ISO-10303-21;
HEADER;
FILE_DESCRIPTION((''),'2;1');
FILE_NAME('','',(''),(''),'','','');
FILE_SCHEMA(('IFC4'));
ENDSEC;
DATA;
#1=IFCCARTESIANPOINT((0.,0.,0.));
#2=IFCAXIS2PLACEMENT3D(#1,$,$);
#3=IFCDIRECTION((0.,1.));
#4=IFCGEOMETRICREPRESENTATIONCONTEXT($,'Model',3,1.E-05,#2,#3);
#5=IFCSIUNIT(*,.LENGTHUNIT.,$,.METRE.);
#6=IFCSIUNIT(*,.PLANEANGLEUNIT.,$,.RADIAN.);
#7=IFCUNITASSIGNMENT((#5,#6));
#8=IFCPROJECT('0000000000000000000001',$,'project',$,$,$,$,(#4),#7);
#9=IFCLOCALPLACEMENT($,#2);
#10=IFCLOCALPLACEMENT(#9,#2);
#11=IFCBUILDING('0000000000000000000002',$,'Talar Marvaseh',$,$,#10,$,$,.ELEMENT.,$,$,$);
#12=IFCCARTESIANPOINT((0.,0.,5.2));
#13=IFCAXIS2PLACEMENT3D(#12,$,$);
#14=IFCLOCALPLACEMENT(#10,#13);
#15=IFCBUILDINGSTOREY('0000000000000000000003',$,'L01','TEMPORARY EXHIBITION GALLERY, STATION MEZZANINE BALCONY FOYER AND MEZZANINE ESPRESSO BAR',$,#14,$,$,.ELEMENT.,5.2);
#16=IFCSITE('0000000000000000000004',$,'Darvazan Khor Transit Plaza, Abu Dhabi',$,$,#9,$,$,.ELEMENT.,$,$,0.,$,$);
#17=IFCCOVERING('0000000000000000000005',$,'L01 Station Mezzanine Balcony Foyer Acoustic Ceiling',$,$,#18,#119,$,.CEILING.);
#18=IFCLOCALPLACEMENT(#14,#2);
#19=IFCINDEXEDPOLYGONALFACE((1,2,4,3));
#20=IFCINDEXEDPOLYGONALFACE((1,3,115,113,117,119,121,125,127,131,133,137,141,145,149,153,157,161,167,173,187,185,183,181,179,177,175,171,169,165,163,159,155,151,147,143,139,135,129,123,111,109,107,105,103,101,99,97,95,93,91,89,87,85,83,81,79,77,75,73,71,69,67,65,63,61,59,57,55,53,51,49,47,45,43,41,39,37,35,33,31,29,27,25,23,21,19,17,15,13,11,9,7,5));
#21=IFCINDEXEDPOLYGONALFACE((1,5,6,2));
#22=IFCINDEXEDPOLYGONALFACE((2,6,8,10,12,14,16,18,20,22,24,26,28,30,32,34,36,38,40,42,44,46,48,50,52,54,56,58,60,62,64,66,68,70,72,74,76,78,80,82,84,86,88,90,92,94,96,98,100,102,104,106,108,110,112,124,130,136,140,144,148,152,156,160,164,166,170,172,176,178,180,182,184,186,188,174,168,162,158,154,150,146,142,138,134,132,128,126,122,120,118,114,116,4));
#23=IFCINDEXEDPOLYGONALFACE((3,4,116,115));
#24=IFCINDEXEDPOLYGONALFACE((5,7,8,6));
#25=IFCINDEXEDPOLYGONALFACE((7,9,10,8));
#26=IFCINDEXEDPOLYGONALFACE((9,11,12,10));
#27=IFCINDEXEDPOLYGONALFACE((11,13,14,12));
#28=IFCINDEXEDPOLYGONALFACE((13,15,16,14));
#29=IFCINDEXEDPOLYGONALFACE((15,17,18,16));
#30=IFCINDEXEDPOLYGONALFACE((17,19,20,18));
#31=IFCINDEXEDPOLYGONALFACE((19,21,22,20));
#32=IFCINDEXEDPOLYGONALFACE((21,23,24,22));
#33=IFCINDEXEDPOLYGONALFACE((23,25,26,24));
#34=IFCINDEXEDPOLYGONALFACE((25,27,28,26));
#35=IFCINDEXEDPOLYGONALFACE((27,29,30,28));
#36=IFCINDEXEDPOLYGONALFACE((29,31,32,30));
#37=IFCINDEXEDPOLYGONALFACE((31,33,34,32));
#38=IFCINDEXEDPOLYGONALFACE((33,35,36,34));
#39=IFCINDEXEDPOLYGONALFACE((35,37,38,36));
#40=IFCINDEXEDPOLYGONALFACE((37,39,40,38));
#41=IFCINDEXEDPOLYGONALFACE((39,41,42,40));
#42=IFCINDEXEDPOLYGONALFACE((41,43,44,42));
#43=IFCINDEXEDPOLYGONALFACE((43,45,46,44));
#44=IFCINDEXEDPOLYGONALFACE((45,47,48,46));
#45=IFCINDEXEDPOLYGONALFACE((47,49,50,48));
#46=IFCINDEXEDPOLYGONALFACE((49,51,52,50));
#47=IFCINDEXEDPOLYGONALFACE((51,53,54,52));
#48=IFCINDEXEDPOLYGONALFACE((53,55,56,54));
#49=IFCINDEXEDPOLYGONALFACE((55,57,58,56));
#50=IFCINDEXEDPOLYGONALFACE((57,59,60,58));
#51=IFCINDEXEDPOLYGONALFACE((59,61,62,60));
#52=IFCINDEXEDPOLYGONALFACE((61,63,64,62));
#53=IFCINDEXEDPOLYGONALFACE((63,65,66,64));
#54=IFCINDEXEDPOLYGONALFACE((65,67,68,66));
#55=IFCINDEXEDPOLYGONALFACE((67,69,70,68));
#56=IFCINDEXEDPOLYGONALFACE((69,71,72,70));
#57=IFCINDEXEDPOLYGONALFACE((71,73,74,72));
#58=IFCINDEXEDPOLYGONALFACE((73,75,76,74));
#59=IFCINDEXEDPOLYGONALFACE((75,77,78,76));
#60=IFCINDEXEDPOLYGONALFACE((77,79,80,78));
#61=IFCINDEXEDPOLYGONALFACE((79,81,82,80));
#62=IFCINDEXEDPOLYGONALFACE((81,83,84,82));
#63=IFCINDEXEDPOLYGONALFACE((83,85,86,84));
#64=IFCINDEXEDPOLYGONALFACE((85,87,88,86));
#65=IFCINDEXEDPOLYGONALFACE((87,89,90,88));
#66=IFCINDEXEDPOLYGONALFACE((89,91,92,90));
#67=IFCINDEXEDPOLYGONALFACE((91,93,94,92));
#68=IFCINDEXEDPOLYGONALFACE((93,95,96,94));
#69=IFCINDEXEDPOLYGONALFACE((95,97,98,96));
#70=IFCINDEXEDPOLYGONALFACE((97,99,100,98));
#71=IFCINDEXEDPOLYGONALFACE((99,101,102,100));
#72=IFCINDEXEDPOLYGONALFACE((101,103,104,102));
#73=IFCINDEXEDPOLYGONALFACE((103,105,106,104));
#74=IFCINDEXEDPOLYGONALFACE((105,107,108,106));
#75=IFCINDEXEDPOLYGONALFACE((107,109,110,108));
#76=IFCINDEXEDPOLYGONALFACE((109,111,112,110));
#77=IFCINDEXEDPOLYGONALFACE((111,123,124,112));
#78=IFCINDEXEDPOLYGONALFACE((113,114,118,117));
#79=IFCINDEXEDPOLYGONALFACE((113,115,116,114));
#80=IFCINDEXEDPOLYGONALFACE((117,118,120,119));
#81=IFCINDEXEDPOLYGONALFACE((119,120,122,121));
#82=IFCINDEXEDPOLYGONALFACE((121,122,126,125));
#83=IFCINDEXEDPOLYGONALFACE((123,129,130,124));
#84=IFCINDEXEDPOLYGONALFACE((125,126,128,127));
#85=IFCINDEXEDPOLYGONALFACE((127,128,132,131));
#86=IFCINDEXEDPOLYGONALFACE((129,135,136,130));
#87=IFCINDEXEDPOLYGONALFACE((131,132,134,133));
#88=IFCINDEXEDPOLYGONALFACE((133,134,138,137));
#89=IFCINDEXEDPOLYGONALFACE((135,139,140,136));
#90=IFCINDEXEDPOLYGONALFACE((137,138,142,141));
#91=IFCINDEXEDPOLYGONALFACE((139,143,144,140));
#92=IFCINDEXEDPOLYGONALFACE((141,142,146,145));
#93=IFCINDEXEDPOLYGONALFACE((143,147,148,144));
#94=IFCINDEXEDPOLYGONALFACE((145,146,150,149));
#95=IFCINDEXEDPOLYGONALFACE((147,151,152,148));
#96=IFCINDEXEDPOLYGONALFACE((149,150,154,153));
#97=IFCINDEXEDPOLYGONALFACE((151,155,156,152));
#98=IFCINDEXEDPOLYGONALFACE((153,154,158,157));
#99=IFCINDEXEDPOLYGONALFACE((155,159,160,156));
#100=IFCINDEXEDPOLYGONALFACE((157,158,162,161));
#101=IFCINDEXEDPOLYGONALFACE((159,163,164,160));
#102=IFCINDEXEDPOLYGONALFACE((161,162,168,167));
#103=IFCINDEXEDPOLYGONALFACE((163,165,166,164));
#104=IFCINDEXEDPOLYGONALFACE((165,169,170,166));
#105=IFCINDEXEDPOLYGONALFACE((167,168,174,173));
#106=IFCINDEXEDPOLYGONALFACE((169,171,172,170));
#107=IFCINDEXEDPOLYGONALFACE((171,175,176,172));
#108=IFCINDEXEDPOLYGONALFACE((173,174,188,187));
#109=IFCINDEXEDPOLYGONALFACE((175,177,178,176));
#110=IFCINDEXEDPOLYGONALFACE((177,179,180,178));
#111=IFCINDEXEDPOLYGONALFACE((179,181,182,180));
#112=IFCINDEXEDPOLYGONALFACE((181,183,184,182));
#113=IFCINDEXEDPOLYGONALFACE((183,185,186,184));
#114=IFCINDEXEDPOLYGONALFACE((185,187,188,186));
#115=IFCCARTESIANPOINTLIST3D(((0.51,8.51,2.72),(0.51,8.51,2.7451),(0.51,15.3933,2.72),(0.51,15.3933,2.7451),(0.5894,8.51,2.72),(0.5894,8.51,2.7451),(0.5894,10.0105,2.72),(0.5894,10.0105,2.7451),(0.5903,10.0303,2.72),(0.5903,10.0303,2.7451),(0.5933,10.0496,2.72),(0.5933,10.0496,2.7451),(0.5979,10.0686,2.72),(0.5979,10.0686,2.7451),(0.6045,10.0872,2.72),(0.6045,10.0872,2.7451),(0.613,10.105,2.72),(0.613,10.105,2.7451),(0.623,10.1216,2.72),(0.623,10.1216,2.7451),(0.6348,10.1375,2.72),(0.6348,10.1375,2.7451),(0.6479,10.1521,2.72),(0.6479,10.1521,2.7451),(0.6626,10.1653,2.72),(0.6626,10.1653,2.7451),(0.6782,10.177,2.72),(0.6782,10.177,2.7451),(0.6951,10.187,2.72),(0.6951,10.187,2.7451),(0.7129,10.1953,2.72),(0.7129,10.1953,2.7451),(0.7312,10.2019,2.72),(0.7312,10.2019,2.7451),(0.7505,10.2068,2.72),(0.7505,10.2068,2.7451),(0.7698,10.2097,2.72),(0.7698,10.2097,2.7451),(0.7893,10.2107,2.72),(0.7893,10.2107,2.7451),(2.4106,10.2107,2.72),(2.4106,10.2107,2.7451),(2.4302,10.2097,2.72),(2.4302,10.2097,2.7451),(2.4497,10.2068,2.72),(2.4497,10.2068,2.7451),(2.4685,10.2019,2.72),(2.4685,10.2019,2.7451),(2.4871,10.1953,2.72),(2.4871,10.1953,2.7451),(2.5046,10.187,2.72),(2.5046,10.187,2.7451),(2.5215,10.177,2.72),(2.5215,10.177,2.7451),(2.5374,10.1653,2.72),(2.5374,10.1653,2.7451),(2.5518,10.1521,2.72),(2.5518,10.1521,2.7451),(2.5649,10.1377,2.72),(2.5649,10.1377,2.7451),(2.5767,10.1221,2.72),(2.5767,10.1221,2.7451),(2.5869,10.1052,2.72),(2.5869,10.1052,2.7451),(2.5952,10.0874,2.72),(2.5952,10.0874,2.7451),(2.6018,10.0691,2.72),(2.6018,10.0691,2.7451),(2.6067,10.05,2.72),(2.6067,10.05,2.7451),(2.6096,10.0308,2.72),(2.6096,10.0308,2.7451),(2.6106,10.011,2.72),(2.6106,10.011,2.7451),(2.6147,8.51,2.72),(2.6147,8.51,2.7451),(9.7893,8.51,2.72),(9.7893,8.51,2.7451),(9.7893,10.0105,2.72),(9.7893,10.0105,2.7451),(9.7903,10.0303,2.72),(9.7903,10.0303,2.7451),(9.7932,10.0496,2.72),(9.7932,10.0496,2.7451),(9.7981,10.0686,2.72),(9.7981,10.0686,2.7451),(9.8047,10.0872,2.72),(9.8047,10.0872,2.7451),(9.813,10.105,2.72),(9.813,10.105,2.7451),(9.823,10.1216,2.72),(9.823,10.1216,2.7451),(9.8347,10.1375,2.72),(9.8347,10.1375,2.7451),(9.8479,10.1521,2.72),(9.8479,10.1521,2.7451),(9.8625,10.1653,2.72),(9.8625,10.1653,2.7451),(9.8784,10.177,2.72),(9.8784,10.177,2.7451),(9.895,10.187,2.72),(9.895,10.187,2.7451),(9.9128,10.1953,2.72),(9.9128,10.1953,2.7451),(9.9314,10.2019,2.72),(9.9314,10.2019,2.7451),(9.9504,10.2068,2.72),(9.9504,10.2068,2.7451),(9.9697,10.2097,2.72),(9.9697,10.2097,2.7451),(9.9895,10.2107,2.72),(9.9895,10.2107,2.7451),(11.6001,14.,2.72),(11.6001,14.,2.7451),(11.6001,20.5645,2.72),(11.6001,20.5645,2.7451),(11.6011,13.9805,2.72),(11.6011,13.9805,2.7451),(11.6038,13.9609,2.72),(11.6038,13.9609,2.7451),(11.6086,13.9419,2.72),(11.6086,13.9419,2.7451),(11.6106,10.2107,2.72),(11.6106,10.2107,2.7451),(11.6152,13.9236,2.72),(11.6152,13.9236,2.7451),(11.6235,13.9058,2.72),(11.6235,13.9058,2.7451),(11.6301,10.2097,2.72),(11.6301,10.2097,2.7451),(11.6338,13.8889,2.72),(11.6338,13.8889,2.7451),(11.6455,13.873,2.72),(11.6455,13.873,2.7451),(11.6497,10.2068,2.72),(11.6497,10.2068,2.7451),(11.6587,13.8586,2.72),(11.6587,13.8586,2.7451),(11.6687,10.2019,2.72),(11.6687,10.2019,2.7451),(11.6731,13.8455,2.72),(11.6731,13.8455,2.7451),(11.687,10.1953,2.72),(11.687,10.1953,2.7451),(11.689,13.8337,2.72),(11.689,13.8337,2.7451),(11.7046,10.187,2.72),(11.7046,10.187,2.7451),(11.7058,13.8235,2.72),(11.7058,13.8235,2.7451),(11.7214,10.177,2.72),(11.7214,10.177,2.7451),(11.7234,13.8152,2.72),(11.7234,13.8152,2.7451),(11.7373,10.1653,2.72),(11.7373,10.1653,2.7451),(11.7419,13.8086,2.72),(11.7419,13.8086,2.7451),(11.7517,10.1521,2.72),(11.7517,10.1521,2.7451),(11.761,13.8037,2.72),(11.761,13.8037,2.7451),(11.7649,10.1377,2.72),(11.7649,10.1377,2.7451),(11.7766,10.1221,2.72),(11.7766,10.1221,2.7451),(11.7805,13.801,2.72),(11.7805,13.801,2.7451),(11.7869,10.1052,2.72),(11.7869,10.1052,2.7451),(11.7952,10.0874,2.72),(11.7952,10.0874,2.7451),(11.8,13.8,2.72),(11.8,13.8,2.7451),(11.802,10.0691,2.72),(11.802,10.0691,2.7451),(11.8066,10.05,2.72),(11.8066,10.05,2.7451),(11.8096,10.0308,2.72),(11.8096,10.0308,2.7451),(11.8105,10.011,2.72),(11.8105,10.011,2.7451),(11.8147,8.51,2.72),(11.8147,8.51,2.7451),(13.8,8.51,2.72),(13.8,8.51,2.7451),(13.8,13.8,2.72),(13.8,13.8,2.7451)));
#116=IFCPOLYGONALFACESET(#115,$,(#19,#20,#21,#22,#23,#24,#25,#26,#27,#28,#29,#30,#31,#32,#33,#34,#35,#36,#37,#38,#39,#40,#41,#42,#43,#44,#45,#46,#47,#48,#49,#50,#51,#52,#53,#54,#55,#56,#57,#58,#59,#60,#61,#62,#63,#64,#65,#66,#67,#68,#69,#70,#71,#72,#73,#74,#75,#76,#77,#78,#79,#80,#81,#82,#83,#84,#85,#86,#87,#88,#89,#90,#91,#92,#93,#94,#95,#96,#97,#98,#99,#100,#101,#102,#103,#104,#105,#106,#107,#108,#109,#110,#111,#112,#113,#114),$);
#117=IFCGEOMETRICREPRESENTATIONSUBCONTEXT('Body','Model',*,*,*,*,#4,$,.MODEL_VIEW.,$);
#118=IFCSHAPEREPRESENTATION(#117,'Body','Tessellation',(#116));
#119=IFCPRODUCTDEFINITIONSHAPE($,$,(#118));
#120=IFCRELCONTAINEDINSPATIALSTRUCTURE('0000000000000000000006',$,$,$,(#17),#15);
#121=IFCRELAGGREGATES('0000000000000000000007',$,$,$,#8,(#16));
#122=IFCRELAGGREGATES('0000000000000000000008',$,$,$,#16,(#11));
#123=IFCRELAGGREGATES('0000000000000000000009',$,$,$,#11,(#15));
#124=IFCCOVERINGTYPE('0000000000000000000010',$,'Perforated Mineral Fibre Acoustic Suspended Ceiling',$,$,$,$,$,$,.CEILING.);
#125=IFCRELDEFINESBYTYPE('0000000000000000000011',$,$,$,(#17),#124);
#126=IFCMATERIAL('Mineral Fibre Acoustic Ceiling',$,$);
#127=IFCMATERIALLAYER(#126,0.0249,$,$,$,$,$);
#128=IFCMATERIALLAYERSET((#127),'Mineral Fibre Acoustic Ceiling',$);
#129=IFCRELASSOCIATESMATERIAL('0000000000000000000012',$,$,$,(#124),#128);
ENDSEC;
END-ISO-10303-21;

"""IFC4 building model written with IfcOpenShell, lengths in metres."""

from ifc_helpers import new_model, si_unit, direction, frame, origin, place, context, subcontext, project, spatial, polyline, outline, extrude, material, layer, layer_set, type_object, element, save


model = new_model("IFC4")

# Units and contexts
model_context = context("Model", 3, precision=1e-05, world=origin(), true_north=direction((0.0, 1.0)))
body_context = subcontext(model_context, "Body", "Model", "MODEL_VIEW")
ifc_project = project(units=[si_unit("LENGTHUNIT", "METRE"), si_unit("PLANEANGLEUNIT", "RADIAN")], contexts=[model_context])

# Site, building, storey
site_placement = place(None, origin())
site = spatial("IfcSite", under=ifc_project, at=site_placement, Name="Darvazan Khor Transit Plaza, Abu Dhabi", CompositionType="ELEMENT", RefElevation=0.0)
building_placement = place(site_placement, origin())
building = spatial("IfcBuilding", under=site, at=building_placement, Name="Talar Marvaseh", CompositionType="ELEMENT")
storey_placement = place(building_placement, frame((0.0, 0.0, 5.2)))
storey = spatial("IfcBuildingStorey", under=building, at=storey_placement, Name="L01", Description="TEMPORARY EXHIBITION GALLERY, STATION MEZZANINE BALCONY FOYER AND MEZZANINE ESPRESSO BAR", CompositionType="ELEMENT", Elevation=5.2)

# Covering
ifc_material_1 = material(Name="Mineral Fibre Acoustic Ceiling")
ifc_layer_1 = layer(ifc_material_1, 0.0249)
ifc_layer_set_1 = layer_set([ifc_layer_1], Name="Mineral Fibre Acoustic Ceiling")
covering_type_1 = type_object("IfcCoveringType", Name="Perforated Mineral Fibre Acoustic Suspended Ceiling", PredefinedType="CEILING", material=ifc_layer_set_1)
covering_1_placement = place(storey_placement, frame((0.0, 0.0, 2.72)))
element("IfcCovering", 1, at=covering_1_placement, inside=storey, type_object=covering_type_1, Name="L01 Station Mezzanine Balcony Foyer Acoustic Ceiling", PredefinedType="CEILING", context=body_context, shape_type="SweptSolid", body=[
    extrude(outline(polyline([(11.6001, 14.0), (11.6011, 13.9805), (11.6038, 13.9609), (11.6086, 13.9419), (11.6152, 13.9236), (11.6235, 13.9058), (11.6338, 13.8889), (11.6455, 13.873), (11.6587, 13.8586), (11.6731, 13.8455), (11.689, 13.8337), (11.7058, 13.8235), (11.7234, 13.8152), (11.7419, 13.8086), (11.761, 13.8037), (11.7805, 13.801), (11.8, 13.8), (13.8, 13.8), (13.8, 8.51), (11.8147, 8.51), (11.8105, 10.011), (11.8096, 10.0308), (11.8066, 10.05), (11.802, 10.0691), (11.7952, 10.0874), (11.7869, 10.1052), (11.7766, 10.1221), (11.7649, 10.1377), (11.7517, 10.1521), (11.7373, 10.1653), (11.7214, 10.177), (11.7046, 10.187), (11.687, 10.1953), (11.6687, 10.2019), (11.6497, 10.2068), (11.6301, 10.2097), (11.6106, 10.2107), (9.9895, 10.2107), (9.9697, 10.2097), (9.9504, 10.2068), (9.9314, 10.2019), (9.9128, 10.1953), (9.895, 10.187), (9.8784, 10.177), (9.8625, 10.1653), (9.8479, 10.1521), (9.8347, 10.1375), (9.823, 10.1216), (9.813, 10.105), (9.8047, 10.0872), (9.7981, 10.0686), (9.7932, 10.0496), (9.7903, 10.0303), (9.7893, 10.0105), (9.7893, 8.51), (2.6147, 8.51), (2.6106, 10.011), (2.6096, 10.0308), (2.6067, 10.05), (2.6018, 10.0691), (2.5952, 10.0874), (2.5869, 10.1052), (2.5767, 10.1221), (2.5649, 10.1377), (2.5518, 10.1521), (2.5374, 10.1653), (2.5215, 10.177), (2.5046, 10.187), (2.4871, 10.1953), (2.4685, 10.2019), (2.4497, 10.2068), (2.4302, 10.2097), (2.4106, 10.2107), (0.7893, 10.2107), (0.7698, 10.2097), (0.7505, 10.2068), (0.7312, 10.2019), (0.7129, 10.1953), (0.6951, 10.187), (0.6782, 10.177), (0.6626, 10.1653), (0.6479, 10.1521), (0.6348, 10.1375), (0.623, 10.1216), (0.613, 10.105), (0.6045, 10.0872), (0.5979, 10.0686), (0.5933, 10.0496), (0.5903, 10.0303), (0.5894, 10.0105), (0.5894, 8.51), (0.51, 8.51), (0.51, 15.3933), (11.6001, 20.5645), (11.6001, 14.0)])), origin(), (0.0, 0.0, 1.0), 0.0251),
])

save(model, "model.ifc")
